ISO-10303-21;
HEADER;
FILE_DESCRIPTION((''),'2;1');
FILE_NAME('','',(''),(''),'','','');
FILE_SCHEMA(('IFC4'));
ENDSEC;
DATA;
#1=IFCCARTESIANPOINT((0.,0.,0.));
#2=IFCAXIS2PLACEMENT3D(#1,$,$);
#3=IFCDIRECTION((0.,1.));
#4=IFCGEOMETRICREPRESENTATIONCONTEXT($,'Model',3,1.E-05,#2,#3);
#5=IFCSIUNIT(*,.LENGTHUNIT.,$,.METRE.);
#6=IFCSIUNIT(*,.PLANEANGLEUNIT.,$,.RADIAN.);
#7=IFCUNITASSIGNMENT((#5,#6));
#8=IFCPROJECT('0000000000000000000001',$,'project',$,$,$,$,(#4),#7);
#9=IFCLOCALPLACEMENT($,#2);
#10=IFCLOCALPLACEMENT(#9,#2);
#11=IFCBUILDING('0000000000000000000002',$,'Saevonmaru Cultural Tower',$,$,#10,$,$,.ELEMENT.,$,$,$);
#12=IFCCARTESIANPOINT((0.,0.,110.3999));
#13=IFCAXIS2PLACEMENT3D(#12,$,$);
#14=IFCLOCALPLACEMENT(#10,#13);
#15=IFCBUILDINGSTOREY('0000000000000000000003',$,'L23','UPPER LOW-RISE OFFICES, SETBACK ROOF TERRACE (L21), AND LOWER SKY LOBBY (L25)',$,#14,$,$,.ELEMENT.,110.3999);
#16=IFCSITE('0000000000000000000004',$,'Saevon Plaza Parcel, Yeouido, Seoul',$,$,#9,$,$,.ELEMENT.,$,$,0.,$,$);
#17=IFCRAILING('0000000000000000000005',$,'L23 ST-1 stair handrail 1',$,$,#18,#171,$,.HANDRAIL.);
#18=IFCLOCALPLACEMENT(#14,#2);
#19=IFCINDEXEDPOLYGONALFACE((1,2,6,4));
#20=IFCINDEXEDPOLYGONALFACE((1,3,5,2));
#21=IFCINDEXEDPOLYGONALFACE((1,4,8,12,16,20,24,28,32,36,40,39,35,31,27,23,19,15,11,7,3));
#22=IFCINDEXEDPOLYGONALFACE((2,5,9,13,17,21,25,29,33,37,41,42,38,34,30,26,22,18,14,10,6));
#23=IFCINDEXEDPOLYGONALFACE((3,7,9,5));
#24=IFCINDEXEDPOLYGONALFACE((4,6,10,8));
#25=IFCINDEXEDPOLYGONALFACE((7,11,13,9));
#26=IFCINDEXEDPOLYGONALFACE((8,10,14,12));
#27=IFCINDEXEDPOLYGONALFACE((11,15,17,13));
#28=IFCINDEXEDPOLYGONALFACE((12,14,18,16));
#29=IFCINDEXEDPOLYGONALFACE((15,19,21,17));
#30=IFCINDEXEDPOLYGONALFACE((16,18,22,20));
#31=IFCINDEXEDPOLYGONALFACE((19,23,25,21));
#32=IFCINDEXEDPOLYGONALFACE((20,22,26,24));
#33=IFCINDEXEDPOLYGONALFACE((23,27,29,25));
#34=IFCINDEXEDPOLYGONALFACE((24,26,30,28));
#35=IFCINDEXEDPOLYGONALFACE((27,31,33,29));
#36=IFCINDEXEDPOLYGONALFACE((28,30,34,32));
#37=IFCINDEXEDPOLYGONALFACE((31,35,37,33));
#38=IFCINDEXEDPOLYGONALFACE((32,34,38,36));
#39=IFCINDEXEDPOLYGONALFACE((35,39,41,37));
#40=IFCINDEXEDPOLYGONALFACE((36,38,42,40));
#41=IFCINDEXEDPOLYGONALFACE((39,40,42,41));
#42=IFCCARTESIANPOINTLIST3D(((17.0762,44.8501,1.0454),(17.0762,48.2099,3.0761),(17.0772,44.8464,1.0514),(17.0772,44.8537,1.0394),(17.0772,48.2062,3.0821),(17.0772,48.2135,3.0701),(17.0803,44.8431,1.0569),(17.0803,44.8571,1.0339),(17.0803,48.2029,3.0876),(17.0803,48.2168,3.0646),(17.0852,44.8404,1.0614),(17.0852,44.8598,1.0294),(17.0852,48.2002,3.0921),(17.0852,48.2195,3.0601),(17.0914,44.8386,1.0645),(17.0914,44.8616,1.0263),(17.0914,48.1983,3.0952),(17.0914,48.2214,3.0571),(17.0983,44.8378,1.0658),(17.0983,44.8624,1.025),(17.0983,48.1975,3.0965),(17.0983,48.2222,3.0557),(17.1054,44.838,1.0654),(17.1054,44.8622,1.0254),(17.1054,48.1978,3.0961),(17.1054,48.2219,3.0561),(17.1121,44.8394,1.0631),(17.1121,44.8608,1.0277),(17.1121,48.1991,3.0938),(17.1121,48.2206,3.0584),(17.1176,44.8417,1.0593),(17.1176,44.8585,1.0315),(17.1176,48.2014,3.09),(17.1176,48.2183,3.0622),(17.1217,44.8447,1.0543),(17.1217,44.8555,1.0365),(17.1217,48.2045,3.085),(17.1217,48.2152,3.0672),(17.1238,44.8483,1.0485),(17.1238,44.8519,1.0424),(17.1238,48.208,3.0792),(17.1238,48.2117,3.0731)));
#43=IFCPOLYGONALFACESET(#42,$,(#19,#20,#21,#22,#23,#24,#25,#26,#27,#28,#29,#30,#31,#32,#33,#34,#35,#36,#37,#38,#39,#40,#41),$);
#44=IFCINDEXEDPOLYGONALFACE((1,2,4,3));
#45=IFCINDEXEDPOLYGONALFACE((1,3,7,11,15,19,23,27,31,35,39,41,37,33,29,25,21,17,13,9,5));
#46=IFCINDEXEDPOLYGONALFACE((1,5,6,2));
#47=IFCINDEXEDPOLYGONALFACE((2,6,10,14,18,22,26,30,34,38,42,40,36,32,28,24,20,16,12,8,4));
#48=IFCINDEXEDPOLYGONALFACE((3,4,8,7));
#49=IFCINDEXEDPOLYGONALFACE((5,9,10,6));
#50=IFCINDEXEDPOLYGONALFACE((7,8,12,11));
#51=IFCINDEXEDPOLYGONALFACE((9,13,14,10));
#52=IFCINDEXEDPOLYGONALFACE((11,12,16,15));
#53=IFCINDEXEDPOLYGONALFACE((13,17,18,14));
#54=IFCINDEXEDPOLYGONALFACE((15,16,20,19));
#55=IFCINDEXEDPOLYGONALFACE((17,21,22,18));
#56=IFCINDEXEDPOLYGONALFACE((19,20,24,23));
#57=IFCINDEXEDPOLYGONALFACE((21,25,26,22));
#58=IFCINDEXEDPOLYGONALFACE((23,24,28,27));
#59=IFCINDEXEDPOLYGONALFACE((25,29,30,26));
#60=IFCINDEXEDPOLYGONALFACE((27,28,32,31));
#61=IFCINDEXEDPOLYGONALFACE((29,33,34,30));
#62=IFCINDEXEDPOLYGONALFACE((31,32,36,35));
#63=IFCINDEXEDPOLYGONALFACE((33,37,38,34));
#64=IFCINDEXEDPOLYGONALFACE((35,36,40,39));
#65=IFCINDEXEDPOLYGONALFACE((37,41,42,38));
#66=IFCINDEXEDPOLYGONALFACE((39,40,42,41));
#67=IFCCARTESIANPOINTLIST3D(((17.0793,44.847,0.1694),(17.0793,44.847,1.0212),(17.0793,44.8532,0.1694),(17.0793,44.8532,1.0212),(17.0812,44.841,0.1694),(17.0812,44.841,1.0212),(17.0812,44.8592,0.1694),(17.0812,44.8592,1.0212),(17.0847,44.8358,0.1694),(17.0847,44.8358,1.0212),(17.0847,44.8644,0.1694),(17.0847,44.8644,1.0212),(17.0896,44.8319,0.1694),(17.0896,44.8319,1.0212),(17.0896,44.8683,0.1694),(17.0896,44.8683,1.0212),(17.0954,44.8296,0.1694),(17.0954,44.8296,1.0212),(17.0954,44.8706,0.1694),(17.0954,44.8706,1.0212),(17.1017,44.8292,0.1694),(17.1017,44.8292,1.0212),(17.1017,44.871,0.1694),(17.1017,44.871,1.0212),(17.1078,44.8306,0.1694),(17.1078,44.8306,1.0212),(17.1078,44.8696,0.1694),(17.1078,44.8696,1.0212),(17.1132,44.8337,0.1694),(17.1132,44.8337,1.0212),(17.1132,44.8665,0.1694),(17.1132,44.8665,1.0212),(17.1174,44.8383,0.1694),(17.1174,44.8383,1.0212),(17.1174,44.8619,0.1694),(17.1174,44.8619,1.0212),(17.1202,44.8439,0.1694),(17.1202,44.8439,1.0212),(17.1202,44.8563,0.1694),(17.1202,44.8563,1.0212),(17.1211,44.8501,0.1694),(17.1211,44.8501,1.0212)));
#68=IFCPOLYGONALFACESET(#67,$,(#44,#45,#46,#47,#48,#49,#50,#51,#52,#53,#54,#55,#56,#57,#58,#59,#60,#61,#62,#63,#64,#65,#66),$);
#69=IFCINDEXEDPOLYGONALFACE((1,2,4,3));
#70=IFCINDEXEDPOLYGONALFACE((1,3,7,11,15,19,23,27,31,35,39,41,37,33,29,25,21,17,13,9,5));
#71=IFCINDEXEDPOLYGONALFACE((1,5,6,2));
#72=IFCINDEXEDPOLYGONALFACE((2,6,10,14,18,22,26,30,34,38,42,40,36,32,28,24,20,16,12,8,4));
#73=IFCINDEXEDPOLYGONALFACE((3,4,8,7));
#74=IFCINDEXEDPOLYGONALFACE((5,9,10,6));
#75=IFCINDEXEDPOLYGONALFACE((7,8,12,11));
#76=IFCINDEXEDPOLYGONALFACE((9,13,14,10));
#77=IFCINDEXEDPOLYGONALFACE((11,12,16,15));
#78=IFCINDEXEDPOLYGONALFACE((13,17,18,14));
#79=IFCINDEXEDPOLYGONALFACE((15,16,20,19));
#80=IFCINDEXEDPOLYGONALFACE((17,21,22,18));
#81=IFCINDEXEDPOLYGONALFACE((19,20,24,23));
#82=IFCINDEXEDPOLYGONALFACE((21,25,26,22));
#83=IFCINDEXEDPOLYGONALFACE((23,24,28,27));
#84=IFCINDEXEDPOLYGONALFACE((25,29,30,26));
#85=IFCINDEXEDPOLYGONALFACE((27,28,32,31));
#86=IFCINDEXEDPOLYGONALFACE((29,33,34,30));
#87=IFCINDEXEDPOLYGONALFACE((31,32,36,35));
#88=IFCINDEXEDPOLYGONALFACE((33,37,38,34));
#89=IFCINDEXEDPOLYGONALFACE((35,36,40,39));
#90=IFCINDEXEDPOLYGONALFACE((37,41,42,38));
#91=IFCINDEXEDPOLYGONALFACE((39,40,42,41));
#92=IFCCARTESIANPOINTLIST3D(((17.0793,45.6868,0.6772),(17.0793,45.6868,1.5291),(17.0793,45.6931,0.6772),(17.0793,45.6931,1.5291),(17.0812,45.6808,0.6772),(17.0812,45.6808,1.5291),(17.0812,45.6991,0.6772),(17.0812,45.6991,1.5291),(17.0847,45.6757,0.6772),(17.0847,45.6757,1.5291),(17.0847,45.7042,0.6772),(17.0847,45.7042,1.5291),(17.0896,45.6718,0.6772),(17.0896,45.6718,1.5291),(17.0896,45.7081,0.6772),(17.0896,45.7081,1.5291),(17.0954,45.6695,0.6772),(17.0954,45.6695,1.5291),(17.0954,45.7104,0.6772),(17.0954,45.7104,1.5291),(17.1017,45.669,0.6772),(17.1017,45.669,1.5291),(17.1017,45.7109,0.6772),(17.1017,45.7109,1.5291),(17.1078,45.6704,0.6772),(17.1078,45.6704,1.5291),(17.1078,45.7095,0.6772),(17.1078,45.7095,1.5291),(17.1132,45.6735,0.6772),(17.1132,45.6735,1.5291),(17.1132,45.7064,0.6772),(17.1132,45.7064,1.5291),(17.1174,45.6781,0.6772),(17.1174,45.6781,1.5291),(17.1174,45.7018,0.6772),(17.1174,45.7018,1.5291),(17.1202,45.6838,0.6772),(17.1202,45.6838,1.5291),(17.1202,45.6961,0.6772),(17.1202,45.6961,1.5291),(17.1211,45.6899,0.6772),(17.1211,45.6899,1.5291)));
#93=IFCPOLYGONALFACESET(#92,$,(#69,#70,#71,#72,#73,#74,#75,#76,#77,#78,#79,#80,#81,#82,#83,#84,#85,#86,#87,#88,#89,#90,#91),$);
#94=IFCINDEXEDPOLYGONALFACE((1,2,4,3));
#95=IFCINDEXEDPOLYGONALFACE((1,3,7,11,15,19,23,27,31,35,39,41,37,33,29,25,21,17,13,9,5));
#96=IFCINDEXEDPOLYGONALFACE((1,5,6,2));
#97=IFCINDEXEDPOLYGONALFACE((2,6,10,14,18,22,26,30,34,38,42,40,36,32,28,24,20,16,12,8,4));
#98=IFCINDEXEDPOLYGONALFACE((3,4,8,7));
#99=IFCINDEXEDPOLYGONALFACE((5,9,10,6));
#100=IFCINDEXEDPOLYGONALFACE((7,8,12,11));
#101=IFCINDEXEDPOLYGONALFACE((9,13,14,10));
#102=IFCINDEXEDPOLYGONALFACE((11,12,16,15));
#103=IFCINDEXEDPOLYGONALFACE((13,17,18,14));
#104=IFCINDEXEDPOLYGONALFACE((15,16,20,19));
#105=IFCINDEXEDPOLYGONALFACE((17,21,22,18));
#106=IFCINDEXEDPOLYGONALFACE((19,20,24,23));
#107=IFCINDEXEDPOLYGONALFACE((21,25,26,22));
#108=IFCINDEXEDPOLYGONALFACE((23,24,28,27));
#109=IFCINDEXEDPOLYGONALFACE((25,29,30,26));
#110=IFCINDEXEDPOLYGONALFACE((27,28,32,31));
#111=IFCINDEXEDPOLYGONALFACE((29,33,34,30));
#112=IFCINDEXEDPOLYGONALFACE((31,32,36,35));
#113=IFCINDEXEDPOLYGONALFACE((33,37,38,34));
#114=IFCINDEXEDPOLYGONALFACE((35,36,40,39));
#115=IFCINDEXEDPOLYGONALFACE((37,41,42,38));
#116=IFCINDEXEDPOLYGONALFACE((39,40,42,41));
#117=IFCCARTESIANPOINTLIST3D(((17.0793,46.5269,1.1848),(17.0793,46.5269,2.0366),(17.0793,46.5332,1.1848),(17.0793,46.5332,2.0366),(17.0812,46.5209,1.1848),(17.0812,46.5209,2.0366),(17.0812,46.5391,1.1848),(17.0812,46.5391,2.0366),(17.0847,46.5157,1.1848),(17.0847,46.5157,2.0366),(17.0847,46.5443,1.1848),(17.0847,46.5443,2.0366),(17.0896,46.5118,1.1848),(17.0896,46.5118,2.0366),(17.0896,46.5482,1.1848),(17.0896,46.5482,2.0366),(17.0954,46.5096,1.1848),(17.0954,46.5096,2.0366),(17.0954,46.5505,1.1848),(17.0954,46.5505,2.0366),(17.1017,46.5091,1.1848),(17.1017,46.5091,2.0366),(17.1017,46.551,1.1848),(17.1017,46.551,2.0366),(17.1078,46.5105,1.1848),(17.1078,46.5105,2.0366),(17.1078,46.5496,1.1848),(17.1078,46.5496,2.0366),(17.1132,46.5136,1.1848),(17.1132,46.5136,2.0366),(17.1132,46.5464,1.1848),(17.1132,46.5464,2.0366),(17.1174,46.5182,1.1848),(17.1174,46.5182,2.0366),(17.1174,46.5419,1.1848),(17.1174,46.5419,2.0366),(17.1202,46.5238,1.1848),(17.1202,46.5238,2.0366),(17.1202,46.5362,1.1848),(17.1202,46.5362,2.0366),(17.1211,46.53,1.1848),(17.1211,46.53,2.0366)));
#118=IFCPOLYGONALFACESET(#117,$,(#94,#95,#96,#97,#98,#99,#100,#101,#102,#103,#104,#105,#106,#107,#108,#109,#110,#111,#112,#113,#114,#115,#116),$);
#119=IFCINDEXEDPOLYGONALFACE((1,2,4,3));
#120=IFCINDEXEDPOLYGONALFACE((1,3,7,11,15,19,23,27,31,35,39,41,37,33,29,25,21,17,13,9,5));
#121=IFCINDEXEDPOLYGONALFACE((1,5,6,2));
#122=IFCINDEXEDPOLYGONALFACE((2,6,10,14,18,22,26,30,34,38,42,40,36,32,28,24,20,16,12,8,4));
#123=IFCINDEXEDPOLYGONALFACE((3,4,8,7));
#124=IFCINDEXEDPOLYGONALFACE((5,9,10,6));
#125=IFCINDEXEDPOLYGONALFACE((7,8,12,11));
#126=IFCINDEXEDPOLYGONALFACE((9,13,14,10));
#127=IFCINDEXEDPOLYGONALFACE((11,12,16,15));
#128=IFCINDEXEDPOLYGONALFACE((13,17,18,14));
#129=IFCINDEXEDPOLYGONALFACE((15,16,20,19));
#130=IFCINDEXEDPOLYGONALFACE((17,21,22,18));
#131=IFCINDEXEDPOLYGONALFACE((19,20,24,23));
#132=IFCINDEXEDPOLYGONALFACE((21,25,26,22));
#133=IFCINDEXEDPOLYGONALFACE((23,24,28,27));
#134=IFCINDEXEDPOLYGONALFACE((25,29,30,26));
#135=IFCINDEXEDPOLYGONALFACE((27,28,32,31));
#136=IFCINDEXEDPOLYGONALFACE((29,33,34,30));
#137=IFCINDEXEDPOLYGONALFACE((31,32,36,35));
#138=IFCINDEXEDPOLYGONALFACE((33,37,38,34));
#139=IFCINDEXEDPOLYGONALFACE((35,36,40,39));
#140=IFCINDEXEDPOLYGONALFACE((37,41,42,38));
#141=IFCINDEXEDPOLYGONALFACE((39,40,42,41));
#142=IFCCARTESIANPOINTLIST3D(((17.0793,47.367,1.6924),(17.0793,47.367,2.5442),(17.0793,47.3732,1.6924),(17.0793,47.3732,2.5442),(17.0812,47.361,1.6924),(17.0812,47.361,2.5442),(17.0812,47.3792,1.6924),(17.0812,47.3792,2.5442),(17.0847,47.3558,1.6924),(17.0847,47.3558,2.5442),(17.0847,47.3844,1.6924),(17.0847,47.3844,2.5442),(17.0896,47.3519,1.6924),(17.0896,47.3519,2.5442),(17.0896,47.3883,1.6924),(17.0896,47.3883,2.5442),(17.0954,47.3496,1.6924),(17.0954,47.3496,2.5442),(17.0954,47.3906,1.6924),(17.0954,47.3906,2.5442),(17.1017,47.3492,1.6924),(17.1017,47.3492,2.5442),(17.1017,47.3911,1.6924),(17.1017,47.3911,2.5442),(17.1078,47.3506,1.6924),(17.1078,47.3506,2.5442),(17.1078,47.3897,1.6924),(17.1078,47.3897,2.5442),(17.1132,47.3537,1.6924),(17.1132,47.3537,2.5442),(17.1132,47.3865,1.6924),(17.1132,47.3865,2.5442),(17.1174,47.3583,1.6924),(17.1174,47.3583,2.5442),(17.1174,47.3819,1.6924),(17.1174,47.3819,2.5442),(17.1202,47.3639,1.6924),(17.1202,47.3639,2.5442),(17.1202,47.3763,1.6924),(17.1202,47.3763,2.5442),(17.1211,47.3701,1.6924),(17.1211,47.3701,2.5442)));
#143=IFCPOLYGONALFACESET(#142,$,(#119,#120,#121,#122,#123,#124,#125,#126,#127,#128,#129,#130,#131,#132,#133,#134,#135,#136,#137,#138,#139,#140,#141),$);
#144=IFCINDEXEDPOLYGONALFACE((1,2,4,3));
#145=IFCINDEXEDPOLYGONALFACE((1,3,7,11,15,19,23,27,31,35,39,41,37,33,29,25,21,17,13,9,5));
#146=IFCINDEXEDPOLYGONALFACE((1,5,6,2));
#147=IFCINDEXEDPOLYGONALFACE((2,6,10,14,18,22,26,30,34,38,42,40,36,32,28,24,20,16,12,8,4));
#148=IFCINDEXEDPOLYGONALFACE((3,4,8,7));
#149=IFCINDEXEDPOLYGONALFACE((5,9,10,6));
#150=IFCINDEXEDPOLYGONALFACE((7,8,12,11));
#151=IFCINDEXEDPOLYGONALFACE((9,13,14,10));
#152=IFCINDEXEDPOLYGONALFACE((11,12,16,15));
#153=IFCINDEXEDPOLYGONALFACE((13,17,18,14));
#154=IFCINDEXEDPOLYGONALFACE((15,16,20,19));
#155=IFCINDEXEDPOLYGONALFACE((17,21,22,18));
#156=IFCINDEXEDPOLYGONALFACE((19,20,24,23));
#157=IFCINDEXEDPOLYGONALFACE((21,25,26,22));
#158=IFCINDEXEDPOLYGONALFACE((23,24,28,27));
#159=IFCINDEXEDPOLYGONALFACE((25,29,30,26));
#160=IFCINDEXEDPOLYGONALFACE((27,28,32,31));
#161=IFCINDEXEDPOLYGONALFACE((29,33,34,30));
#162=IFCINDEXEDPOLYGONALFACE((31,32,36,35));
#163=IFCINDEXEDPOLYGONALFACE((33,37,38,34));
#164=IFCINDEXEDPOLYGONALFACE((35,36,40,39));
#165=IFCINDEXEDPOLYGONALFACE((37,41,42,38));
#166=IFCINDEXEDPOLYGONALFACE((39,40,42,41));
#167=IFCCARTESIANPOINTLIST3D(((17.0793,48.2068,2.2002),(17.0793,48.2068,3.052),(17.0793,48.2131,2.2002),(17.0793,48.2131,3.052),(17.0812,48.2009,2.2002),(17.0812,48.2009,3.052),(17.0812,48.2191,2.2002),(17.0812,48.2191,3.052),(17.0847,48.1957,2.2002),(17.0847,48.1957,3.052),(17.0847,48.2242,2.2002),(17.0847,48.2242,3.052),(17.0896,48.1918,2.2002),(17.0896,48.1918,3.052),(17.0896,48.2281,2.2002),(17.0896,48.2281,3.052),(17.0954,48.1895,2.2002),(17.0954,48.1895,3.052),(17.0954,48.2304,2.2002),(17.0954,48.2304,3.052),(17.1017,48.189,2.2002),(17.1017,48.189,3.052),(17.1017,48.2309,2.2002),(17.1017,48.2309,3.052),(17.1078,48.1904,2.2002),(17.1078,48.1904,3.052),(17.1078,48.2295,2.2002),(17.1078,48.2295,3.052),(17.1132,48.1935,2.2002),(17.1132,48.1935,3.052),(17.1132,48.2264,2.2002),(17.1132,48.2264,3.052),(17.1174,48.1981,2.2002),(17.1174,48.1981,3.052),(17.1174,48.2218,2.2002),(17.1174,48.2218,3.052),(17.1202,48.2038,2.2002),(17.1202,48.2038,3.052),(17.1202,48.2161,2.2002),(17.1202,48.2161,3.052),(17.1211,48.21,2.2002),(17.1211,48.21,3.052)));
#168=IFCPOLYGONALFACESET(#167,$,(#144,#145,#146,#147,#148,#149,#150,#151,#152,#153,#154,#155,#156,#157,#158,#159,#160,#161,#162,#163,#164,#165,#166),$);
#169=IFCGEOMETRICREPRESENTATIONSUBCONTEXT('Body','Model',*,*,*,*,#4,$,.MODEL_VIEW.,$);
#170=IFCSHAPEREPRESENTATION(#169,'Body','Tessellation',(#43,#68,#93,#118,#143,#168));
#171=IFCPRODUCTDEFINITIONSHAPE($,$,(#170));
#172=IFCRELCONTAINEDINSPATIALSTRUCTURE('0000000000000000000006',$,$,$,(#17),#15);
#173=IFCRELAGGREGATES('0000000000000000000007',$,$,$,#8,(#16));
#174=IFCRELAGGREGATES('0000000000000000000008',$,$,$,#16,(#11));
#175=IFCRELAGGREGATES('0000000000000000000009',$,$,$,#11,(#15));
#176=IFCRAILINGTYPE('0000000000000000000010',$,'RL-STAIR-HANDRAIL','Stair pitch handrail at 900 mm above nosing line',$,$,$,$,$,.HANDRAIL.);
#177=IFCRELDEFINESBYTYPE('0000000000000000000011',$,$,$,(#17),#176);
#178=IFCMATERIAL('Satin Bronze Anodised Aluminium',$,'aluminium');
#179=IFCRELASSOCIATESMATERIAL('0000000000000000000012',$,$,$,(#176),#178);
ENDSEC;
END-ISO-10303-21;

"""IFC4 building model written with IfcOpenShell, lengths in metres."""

from ifc_helpers import new_model, si_unit, direction, frame, origin, origin_2d, place, context, subcontext, project, spatial, circle, extrude, material, type_object, element, save


model = new_model("IFC4")

# Units and contexts
model_context = context("Model", 3, precision=1e-05, world=origin(), true_north=direction((0.0, 1.0)))
body_context = subcontext(model_context, "Body", "Model", "MODEL_VIEW")
ifc_project = project(units=[si_unit("LENGTHUNIT", "METRE"), si_unit("PLANEANGLEUNIT", "RADIAN")], contexts=[model_context])

# Site, building, storey
site_placement = place(None, origin())
site = spatial("IfcSite", under=ifc_project, at=site_placement, Name="Saevon Plaza Parcel, Yeouido, Seoul", CompositionType="ELEMENT", RefElevation=0.0)
building_placement = place(site_placement, origin())
building = spatial("IfcBuilding", under=site, at=building_placement, Name="Saevonmaru Cultural Tower", CompositionType="ELEMENT")
storey_placement = place(building_placement, frame((0.0, 0.0, 110.3999)))
storey = spatial("IfcBuildingStorey", under=building, at=storey_placement, Name="L23", Description="UPPER LOW-RISE OFFICES, SETBACK ROOF TERRACE (L21), AND LOWER SKY LOBBY (L25)", CompositionType="ELEMENT", Elevation=110.3999)

# Shared definitions
ifc_material_1 = material(Name="Satin Bronze Anodised Aluminium", Category="aluminium")

# Railing
railing_type_1 = type_object("IfcRailingType", Name="RL-STAIR-HANDRAIL", Description="Stair pitch handrail at 900 mm above nosing line", PredefinedType="HANDRAIL", material=ifc_material_1)
railing_1_placement = place(storey_placement, frame((17.1001, 44.8501, 0.1694)))
element("IfcRailing", 1, at=railing_1_placement, inside=storey, type_object=railing_type_1, Name="L23 ST-1 stair handrail 1", PredefinedType="HANDRAIL", context=body_context, shape_type="SweptSolid", body=[
    extrude(circle(Radius=0.0239, at=origin_2d()), frame((0.0, 0.0, 0.876), z_axis=(0.0, 0.85582, 0.517273), x_axis=(-1.0, 0.0, 0.0)), (0.0, 0.0, 1.0), 3.9258),
    extrude(circle(Radius=0.021, at=origin_2d()), origin(), (0.0, 0.0, 1.0), 0.8518),
    extrude(circle(Radius=0.021, at=origin_2d()), frame((0.0, 0.8398, 0.5078)), (0.0, 0.0, 1.0), 0.8518),
    extrude(circle(Radius=0.021, at=origin_2d()), frame((0.0, 1.6799, 1.0154)), (0.0, 0.0, 1.0), 0.8518),
    extrude(circle(Radius=0.021, at=origin_2d()), frame((0.0, 2.52, 1.5229)), (0.0, 0.0, 1.0), 0.8518),
    extrude(circle(Radius=0.021, at=origin_2d()), frame((0.0, 3.3599, 2.0308)), (0.0, 0.0, 1.0), 0.8518),
])

save(model, "model.ifc")
